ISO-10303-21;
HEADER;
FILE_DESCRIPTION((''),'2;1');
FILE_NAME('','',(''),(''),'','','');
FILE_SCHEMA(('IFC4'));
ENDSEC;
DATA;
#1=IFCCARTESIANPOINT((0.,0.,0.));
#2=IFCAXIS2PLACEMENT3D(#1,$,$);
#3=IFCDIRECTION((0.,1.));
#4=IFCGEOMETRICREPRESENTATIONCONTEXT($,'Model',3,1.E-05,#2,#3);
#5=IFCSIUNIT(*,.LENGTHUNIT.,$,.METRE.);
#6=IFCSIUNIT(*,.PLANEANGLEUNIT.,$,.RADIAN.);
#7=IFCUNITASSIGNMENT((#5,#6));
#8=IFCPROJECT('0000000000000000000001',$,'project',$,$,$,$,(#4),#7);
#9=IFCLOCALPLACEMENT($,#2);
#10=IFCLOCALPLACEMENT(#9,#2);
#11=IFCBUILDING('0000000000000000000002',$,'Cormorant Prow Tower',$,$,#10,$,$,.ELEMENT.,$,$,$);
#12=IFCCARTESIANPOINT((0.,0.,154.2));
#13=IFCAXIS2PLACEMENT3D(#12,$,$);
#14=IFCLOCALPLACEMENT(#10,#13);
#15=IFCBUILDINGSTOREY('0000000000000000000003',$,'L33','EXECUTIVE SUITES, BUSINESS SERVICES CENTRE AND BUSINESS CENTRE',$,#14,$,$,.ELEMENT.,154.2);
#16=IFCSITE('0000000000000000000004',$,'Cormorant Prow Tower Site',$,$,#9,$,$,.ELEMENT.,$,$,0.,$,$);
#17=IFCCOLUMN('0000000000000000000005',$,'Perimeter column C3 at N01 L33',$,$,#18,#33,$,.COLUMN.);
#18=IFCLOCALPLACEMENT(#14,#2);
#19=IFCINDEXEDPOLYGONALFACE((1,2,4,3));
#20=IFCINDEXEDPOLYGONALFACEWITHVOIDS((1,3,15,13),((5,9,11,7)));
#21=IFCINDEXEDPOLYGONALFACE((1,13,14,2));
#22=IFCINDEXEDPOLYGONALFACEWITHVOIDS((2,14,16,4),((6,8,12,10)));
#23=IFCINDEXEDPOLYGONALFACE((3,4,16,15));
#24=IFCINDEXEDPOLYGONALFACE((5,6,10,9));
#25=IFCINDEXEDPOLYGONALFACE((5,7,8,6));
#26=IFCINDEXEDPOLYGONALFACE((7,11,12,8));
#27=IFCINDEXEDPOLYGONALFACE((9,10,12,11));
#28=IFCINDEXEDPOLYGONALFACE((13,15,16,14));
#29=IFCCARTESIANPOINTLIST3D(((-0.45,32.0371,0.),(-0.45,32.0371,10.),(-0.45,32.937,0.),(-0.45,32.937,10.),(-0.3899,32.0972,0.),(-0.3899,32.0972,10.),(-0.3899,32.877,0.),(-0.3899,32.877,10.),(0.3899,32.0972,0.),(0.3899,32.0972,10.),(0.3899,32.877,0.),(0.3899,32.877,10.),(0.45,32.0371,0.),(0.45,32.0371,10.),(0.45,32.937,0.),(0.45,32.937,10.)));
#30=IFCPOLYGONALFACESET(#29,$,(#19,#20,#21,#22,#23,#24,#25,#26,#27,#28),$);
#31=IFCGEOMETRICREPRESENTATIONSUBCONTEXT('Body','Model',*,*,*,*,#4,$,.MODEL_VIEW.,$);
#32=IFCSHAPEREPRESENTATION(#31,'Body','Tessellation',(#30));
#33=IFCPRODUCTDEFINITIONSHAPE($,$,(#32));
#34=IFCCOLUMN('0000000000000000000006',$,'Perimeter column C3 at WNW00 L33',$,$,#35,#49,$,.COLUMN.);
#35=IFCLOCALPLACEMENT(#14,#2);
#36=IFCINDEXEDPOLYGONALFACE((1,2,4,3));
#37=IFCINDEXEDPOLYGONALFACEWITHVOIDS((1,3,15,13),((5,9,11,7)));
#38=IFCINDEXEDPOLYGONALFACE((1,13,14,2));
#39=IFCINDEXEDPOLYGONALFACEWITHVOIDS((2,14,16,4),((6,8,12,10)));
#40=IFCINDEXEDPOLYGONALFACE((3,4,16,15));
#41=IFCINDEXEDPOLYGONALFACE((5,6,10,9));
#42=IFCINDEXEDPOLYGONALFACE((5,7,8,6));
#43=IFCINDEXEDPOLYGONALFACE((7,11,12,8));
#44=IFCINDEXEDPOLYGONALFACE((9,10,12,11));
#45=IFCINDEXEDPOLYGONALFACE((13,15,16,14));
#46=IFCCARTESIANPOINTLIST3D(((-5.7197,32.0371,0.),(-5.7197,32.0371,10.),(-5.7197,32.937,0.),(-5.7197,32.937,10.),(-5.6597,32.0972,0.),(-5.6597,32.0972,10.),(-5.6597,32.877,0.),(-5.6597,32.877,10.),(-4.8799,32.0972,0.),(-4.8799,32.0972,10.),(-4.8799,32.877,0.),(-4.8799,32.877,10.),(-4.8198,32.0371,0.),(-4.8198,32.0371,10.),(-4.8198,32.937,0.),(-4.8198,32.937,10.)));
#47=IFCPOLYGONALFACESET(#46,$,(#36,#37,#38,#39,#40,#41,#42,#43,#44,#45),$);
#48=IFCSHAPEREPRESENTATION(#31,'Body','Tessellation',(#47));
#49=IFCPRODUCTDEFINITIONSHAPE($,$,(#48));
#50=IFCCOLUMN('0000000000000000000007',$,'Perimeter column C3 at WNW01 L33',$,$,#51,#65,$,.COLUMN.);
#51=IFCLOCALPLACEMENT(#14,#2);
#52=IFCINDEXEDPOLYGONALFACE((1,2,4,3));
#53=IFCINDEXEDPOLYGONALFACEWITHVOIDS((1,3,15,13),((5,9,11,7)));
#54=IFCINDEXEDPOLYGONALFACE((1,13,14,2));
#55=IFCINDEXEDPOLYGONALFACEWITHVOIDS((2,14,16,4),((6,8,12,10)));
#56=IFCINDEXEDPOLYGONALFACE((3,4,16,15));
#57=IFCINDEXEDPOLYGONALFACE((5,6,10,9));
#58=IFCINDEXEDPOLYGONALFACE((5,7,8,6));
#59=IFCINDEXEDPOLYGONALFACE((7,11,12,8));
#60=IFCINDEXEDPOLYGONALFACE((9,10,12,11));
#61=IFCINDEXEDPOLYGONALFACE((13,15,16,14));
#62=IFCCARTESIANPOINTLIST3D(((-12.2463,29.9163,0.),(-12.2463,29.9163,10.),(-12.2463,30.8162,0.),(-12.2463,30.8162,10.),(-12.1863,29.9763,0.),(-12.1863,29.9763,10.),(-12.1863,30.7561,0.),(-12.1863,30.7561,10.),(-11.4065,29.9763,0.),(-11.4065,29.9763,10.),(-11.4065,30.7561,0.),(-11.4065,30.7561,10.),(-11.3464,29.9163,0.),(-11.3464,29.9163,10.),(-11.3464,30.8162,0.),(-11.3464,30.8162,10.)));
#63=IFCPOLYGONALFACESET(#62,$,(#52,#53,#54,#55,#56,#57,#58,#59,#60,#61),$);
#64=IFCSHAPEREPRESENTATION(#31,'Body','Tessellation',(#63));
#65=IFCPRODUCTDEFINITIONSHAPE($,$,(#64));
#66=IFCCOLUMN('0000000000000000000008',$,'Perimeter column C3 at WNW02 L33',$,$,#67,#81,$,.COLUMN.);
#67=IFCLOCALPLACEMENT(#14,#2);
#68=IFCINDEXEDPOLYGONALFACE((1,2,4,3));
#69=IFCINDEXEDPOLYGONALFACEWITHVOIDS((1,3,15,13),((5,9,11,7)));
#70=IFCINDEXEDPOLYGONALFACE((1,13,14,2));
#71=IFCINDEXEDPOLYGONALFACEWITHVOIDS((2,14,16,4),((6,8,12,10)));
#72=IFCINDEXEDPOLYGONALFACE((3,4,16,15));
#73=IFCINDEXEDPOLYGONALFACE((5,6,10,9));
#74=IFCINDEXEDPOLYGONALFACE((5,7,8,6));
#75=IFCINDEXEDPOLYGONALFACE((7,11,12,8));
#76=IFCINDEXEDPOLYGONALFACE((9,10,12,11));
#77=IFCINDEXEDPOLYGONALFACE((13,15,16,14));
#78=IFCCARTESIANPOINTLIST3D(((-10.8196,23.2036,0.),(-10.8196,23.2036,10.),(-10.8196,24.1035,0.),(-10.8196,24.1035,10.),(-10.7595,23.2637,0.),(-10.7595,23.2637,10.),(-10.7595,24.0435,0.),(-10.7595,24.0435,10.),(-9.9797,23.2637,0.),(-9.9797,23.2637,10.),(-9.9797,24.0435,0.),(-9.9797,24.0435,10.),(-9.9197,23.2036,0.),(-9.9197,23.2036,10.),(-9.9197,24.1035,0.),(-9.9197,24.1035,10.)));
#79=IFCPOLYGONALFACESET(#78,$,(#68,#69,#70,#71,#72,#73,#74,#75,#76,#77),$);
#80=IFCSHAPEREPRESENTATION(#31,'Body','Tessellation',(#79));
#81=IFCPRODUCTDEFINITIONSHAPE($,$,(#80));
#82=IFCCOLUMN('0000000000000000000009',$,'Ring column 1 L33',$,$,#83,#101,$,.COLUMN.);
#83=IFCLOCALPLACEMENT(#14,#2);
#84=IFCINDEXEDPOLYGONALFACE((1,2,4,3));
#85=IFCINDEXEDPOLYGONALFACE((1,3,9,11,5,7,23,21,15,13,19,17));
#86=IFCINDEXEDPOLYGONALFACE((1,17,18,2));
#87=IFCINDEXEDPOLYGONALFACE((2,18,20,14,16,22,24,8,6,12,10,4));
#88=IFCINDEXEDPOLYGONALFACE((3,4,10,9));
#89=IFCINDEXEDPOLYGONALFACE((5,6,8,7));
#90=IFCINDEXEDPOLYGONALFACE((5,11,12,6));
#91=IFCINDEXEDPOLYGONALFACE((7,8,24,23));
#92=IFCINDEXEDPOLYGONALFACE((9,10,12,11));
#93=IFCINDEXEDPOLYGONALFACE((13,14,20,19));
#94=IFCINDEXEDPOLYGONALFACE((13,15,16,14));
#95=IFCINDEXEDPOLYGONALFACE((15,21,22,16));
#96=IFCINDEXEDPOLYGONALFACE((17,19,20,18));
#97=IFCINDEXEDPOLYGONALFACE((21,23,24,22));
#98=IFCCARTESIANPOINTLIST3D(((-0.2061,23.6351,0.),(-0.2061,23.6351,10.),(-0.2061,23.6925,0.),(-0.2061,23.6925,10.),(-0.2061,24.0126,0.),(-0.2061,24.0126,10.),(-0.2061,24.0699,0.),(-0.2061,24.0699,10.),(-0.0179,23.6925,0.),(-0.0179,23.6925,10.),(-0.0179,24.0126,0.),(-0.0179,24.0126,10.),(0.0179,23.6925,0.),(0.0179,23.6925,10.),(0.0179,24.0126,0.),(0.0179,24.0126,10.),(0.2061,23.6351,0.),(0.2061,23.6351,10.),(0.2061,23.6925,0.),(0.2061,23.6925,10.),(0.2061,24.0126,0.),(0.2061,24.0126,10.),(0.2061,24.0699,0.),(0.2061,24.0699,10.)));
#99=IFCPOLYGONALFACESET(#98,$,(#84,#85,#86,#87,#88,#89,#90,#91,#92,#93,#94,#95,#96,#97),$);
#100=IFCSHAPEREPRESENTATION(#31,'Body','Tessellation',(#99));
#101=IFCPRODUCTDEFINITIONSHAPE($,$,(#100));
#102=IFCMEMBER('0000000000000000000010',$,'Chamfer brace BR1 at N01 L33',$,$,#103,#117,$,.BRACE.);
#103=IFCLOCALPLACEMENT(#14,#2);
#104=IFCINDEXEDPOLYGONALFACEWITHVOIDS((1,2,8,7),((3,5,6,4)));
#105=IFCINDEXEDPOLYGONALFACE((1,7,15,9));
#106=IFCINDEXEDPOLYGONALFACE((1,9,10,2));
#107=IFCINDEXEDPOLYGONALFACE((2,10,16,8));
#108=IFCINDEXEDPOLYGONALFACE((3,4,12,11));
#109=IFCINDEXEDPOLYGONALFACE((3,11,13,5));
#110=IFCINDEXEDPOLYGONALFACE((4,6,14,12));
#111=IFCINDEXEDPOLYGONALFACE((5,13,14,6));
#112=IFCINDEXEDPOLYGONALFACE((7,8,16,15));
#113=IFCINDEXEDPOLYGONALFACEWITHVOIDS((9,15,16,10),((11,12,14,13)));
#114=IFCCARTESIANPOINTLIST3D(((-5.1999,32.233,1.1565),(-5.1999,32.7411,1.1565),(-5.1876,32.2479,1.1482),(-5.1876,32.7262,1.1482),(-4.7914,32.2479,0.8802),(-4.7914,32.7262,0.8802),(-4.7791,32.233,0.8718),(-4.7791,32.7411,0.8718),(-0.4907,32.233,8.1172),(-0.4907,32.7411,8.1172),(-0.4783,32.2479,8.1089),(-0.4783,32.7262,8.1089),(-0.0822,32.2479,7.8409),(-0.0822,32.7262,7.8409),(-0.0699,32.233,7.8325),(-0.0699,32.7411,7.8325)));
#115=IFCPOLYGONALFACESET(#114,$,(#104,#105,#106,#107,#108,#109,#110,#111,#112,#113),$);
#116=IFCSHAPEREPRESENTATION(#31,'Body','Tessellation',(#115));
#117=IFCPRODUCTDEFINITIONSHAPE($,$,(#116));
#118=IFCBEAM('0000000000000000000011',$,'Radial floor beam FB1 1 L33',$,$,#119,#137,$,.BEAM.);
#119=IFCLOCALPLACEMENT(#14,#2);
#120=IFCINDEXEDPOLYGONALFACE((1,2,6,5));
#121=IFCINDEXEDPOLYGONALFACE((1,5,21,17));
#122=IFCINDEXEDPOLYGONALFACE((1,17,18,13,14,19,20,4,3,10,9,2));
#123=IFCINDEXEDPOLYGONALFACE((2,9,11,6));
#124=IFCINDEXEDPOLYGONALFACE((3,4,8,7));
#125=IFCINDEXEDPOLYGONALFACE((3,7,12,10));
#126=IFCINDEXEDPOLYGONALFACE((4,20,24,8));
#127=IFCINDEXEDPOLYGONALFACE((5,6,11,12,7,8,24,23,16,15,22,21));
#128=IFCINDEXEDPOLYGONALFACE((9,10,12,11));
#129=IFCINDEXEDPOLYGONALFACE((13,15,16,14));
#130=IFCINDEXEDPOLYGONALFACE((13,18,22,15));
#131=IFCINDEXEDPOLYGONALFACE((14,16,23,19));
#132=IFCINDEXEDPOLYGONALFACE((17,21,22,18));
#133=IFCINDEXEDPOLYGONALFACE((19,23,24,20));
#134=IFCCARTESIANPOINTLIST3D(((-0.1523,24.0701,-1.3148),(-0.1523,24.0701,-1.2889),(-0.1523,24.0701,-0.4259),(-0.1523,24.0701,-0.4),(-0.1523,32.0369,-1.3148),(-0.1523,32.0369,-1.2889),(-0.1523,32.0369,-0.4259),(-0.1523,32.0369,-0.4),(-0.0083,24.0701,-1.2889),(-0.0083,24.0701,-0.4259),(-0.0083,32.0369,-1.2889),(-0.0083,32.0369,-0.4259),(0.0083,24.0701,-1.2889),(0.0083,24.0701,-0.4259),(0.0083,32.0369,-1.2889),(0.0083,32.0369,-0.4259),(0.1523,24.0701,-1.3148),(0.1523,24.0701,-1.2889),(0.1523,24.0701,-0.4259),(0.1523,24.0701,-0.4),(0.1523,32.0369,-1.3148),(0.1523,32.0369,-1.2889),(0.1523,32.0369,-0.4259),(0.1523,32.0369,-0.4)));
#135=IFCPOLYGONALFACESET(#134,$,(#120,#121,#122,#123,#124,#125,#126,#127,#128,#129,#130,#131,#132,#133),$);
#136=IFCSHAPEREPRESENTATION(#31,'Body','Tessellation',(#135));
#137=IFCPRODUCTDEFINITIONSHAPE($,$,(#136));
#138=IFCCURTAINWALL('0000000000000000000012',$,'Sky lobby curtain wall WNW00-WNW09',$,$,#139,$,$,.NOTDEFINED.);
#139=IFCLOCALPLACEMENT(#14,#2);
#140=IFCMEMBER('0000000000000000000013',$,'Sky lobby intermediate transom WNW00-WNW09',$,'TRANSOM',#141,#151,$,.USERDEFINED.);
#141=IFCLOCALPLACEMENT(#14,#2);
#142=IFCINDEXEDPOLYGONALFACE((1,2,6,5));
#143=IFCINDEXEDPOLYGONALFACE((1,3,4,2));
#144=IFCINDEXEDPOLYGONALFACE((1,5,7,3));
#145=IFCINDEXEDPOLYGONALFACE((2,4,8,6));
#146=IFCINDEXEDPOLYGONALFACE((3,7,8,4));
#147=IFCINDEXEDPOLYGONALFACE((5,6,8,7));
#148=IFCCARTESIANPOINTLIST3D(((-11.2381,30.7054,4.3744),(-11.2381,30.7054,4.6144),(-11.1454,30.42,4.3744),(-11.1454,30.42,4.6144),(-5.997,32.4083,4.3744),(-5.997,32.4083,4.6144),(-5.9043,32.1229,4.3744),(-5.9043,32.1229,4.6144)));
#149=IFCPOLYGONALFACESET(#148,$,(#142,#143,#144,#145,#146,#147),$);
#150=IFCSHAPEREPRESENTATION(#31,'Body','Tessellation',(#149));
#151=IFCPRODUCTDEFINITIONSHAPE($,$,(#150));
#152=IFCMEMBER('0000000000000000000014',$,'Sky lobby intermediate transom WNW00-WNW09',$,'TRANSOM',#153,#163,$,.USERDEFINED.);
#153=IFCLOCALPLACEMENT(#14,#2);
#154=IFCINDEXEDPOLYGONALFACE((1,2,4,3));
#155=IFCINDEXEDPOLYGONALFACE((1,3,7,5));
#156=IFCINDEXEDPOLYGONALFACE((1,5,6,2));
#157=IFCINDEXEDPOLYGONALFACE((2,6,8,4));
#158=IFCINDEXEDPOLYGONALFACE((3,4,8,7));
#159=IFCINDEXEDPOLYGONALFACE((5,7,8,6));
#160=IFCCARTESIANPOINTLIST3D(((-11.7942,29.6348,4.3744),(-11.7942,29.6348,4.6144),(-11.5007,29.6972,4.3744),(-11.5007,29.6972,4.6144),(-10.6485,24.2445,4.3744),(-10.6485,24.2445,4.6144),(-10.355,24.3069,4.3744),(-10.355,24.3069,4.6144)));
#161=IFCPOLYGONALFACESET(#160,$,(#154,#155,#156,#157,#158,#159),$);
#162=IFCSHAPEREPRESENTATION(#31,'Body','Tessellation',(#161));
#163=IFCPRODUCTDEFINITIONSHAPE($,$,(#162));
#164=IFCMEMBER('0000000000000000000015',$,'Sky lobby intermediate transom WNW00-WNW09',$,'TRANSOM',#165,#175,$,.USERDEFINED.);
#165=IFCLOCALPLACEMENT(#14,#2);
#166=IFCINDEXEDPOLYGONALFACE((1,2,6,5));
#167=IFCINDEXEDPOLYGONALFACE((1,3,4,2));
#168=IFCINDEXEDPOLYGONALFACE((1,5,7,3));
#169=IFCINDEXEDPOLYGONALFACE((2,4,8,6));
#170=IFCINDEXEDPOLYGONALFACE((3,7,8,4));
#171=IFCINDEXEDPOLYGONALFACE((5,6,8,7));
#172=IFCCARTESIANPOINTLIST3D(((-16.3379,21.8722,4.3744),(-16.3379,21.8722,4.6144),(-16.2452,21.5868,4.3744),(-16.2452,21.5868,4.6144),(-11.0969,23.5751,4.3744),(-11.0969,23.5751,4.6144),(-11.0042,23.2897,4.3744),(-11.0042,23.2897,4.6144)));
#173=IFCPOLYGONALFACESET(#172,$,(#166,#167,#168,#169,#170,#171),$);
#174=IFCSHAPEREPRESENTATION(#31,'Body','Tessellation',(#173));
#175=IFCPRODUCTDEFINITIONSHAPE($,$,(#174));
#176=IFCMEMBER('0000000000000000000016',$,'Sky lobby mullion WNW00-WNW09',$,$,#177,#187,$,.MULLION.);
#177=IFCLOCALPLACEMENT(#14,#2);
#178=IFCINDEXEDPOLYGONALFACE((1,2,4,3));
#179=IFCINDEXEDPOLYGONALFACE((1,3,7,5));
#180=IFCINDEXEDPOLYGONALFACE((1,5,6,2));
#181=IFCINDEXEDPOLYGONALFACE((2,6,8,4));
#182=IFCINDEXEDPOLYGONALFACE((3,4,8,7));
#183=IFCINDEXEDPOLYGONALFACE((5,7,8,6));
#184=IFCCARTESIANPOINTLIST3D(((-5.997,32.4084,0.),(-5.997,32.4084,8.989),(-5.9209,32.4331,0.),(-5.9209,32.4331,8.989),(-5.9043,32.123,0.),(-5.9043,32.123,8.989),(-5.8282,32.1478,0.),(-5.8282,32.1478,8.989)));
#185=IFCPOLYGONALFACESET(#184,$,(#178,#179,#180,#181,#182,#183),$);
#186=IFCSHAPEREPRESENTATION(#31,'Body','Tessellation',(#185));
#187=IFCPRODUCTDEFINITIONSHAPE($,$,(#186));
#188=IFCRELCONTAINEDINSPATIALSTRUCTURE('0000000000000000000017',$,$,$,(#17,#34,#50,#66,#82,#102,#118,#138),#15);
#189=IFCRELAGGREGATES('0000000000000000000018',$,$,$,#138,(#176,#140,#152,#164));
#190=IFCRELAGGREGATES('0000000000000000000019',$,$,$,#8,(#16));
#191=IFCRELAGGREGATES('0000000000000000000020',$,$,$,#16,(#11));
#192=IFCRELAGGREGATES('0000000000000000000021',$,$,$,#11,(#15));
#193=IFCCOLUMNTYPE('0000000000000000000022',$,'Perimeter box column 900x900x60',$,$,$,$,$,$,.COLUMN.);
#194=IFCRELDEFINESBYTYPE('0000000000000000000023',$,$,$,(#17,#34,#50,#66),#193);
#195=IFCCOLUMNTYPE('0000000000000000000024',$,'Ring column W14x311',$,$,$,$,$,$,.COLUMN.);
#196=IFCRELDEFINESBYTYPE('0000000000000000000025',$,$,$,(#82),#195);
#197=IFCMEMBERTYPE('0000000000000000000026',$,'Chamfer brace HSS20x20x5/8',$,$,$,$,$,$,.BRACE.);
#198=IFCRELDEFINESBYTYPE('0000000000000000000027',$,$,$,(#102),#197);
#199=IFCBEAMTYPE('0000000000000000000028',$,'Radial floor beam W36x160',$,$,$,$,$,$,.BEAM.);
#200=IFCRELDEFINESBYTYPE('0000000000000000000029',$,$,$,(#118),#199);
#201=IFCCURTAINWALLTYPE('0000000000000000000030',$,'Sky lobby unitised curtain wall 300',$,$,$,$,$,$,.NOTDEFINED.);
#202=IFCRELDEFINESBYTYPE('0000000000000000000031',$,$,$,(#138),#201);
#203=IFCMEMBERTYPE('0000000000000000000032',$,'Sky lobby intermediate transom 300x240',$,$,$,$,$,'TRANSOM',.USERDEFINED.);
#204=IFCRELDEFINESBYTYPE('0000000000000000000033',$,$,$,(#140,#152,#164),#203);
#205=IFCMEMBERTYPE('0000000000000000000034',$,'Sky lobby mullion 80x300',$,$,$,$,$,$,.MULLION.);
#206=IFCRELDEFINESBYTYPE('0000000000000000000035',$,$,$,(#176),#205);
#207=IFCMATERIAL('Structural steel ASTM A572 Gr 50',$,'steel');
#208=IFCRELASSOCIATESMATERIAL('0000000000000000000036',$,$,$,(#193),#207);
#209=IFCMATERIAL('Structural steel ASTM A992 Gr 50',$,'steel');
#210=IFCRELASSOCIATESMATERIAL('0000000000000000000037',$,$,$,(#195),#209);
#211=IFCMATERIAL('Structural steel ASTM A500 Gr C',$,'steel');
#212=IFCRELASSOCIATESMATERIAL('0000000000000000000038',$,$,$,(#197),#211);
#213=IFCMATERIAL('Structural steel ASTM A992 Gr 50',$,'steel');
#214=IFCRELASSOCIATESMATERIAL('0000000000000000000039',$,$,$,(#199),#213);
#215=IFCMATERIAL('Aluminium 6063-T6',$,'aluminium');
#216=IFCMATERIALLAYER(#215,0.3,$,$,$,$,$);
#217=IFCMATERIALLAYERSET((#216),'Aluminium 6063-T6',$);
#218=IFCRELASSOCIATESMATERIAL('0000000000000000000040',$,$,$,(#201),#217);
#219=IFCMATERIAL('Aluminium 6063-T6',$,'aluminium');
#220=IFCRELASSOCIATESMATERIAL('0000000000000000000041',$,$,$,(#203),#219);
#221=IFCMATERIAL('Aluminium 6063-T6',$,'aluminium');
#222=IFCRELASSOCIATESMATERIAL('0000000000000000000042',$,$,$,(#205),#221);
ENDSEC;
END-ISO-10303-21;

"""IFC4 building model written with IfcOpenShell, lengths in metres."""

from ifc_helpers import new_model, si_unit, direction, frame, origin, origin_2d, place, context, subcontext, project, spatial, rectangle, hollow_rectangle, i_section, extrude, material, layer, layer_set, material_profile, profile_set, type_object, element, aggregate, save


model = new_model("IFC4")

# Units and contexts
model_context = context("Model", 3, precision=1e-05, world=origin(), true_north=direction((0.0, 1.0)))
body_context = subcontext(model_context, "Body", "Model", "MODEL_VIEW")
ifc_project = project(units=[si_unit("LENGTHUNIT", "METRE"), si_unit("PLANEANGLEUNIT", "RADIAN")], contexts=[model_context])

# Site, building, storey
site_placement = place(None, origin())
site = spatial("IfcSite", under=ifc_project, at=site_placement, Name="Cormorant Prow Tower Site", CompositionType="ELEMENT", RefElevation=0.0)
building_placement = place(site_placement, origin())
building = spatial("IfcBuilding", under=site, at=building_placement, Name="Cormorant Prow Tower", CompositionType="ELEMENT")
storey_placement = place(building_placement, frame((0.0, 0.0, 154.2)))
storey = spatial("IfcBuildingStorey", under=building, at=storey_placement, Name="L33", Description="EXECUTIVE SUITES, BUSINESS SERVICES CENTRE AND BUSINESS CENTRE", CompositionType="ELEMENT", Elevation=154.2)

# Columns
ifc_material_1 = material(Name="Structural steel ASTM A572 Gr 50", Category="steel")
ifc_material_profile_1 = material_profile(ifc_material_1, hollow_rectangle(XDim=0.8999, YDim=0.8999, WallThickness=0.0601, at=origin_2d()), Name="Box 900x900x60")
ifc_profile_set_1 = profile_set([ifc_material_profile_1], Name="Structural steel ASTM A572 Gr 50")
column_type_1 = type_object("IfcColumnType", Name="Perimeter box column 900x900x60", PredefinedType="COLUMN", material=ifc_profile_set_1)
for number, where, z_axis, x_axis, name in (
    (1, (0.0, 32.4871, 0.0), (0.0, 0.0, 1.0), (1.0, 0.0, 0.0), "Perimeter column C3 at N01 L33"),
    (2, (-5.2698, 32.4871, 0.0), (0.0, 0.0, 1.0), (1.0, 0.0, 0.0), "Perimeter column C3 at WNW00 L33"),
    (3, (-11.7964, 30.3662, 0.0), (0.0, 0.0, 1.0), (1.0, 0.0, 0.0), "Perimeter column C3 at WNW01 L33"),
    (4, (-10.3696, 23.6536, 0.0), (0.0, 0.0, 1.0), (1.0, 0.0, 0.0), "Perimeter column C3 at WNW02 L33"),
):
    element("IfcColumn", number, at=place(storey_placement, frame(where, z_axis=z_axis, x_axis=x_axis)), inside=storey, type_object=column_type_1, Name=name, PredefinedType="COLUMN", context=body_context, shape_type="SweptSolid", body=[
        extrude(hollow_rectangle(XDim=0.8999, YDim=0.8999, WallThickness=0.0601, at=origin_2d()), origin(), (0.0, 0.0, 1.0), 10.0),
    ])
ifc_material_2 = material(Name="Structural steel ASTM A992 Gr 50", Category="steel")
ifc_material_profile_2 = material_profile(ifc_material_2, i_section(OverallWidth=0.4121, OverallDepth=0.4348, WebThickness=0.0359, FlangeThickness=0.0574, at=origin_2d()), Name="W14x311")
ifc_profile_set_2 = profile_set([ifc_material_profile_2], Name="Structural steel ASTM A992 Gr 50")
column_type_2 = type_object("IfcColumnType", Name="Ring column W14x311", PredefinedType="COLUMN", material=ifc_profile_set_2)
column_placement = place(storey_placement, frame((0.0, 23.8525, 0.0), z_axis=(0.0, 0.0, 1.0), x_axis=(1.0, 0.0, 0.0)))
element("IfcColumn", 5, at=column_placement, inside=storey, type_object=column_type_2, Name="Ring column 1 L33", PredefinedType="COLUMN", context=body_context, shape_type="SweptSolid", body=[
    extrude(i_section(OverallWidth=0.4121, OverallDepth=0.4348, WebThickness=0.0359, FlangeThickness=0.0574, at=origin_2d()), origin(), (0.0, 0.0, 1.0), 10.0),
])

# Member
ifc_material_3 = material(Name="Structural steel ASTM A500 Gr C", Category="steel")
ifc_material_profile_3 = material_profile(ifc_material_3, hollow_rectangle(XDim=0.5081, YDim=0.5081, WallThickness=0.0149, at=origin_2d()), Name="HSS20x20x5/8")
ifc_profile_set_3 = profile_set([ifc_material_profile_3], Name="Structural steel ASTM A500 Gr C")
member_type_1 = type_object("IfcMemberType", Name="Chamfer brace HSS20x20x5/8", PredefinedType="BRACE", material=ifc_profile_set_3)
member_1_placement = place(storey_placement, frame((-4.9895, 32.4871, 1.0142), z_axis=(0.560352, 0.0, 0.828254), x_axis=(0.0, 1.0, 0.0)))
element("IfcMember", 6, at=member_1_placement, inside=storey, type_object=member_type_1, Name="Chamfer brace BR1 at N01 L33", PredefinedType="BRACE", context=body_context, shape_type="SweptSolid", body=[
    extrude(hollow_rectangle(XDim=0.5081, YDim=0.5081, WallThickness=0.0149, at=origin_2d()), origin(), (0.0, 0.0, 1.0), 8.4041),
])

# Beam
ifc_material_4 = material(Name="Structural steel ASTM A992 Gr 50", Category="steel")
ifc_material_profile_4 = material_profile(ifc_material_4, i_section(OverallWidth=0.3047, OverallDepth=0.9148, WebThickness=0.0166, FlangeThickness=0.0259, at=origin_2d()), Name="W36x160")
ifc_profile_set_4 = profile_set([ifc_material_profile_4], Name="Structural steel ASTM A992 Gr 50")
beam_type_1 = type_object("IfcBeamType", Name="Radial floor beam W36x160", PredefinedType="BEAM", material=ifc_profile_set_4)
beam_1_placement = place(storey_placement, frame((0.0, 24.0701, -0.8574), z_axis=(0.0, 1.0, 0.0), x_axis=(-1.0, 0.0, 0.0)))
element("IfcBeam", 7, at=beam_1_placement, inside=storey, type_object=beam_type_1, Name="Radial floor beam FB1 1 L33", PredefinedType="BEAM", context=body_context, shape_type="SweptSolid", body=[
    extrude(i_section(OverallWidth=0.3047, OverallDepth=0.9148, WebThickness=0.0166, FlangeThickness=0.0259, at=origin_2d()), origin(), (0.0, 0.0, 1.0), 7.9668),
])

# Curtain wall, members
ifc_material_5 = material(Name="Aluminium 6063-T6", Category="aluminium")
ifc_layer_1 = layer(ifc_material_5, 0.3)
ifc_layer_set_1 = layer_set([ifc_layer_1], Name="Aluminium 6063-T6")
curtain_wall_type = type_object("IfcCurtainWallType", Name="Sky lobby unitised curtain wall 300", PredefinedType="NOTDEFINED", material=ifc_layer_set_1)
curtain_wall_placement = place(storey_placement, origin())
curtain_wall = element("IfcCurtainWall", 8, at=curtain_wall_placement, inside=storey, type_object=curtain_wall_type, Name="Sky lobby curtain wall WNW00-WNW09", PredefinedType="NOTDEFINED")
ifc_material_6 = material(Name="Aluminium 6063-T6", Category="aluminium")
ifc_material_profile_5 = material_profile(ifc_material_6, rectangle(XDim=0.3, YDim=0.24, at=origin_2d()), Name="Sky lobby intermediate transom 300x240")
ifc_profile_set_5 = profile_set([ifc_material_profile_5], Name="Aluminium 6063-T6")
member_type_2 = type_object("IfcMemberType", Name="Sky lobby intermediate transom 300x240", ElementType="TRANSOM", PredefinedType="USERDEFINED", material=ifc_profile_set_5)
member_2_placement = place(storey_placement, frame((-5.9507, 32.2656, 4.4944), z_axis=(-0.951057, -0.309015, 0.0), x_axis=(0.309015, -0.951057, 0.0)))
member_2 = element("IfcMember", 9, at=member_2_placement, type_object=member_type_2, Name="Sky lobby intermediate transom WNW00-WNW09", ObjectType="TRANSOM", PredefinedType="USERDEFINED", context=body_context, shape_type="SweptSolid", body=[
    extrude(rectangle(XDim=0.3, YDim=0.24, at=origin_2d()), origin(), (0.0, 0.0, 1.0), 5.5107),
])
member_3_placement = place(storey_placement, frame((-11.6475, 29.666, 4.4944), z_axis=(0.20791, -0.978148, 0.0), x_axis=(0.978148, 0.20791, 0.0)))
member_3 = element("IfcMember", 10, at=member_3_placement, type_object=member_type_2, Name="Sky lobby intermediate transom WNW00-WNW09", ObjectType="TRANSOM", PredefinedType="USERDEFINED", context=body_context, shape_type="SweptSolid", body=[
    extrude(rectangle(XDim=0.3, YDim=0.24, at=origin_2d()), origin(), (0.0, 0.0, 1.0), 5.5107),
])
member_4_placement = place(storey_placement, frame((-11.0505, 23.4324, 4.4944), z_axis=(-0.951057, -0.309015, 0.0), x_axis=(0.309015, -0.951057, 0.0)))
member_4 = element("IfcMember", 11, at=member_4_placement, type_object=member_type_2, Name="Sky lobby intermediate transom WNW00-WNW09", ObjectType="TRANSOM", PredefinedType="USERDEFINED", context=body_context, shape_type="SweptSolid", body=[
    extrude(rectangle(XDim=0.3, YDim=0.24, at=origin_2d()), origin(), (0.0, 0.0, 1.0), 5.5107),
])
ifc_material_7 = material(Name="Aluminium 6063-T6", Category="aluminium")
ifc_material_profile_6 = material_profile(ifc_material_7, rectangle(XDim=0.3, YDim=0.0801, at=origin_2d()), Name="Sky lobby mullion 80x300")
ifc_profile_set_6 = profile_set([ifc_material_profile_6], Name="Aluminium 6063-T6")
member_type_3 = type_object("IfcMemberType", Name="Sky lobby mullion 80x300", PredefinedType="MULLION", material=ifc_profile_set_6)
member_5_placement = place(storey_placement, frame((-5.9126, 32.2781, 0.0), z_axis=(0.0, 0.0, 1.0), x_axis=(0.309017, -0.951056, 0.0)))
member_5 = element("IfcMember", 12, at=member_5_placement, type_object=member_type_3, Name="Sky lobby mullion WNW00-WNW09", PredefinedType="MULLION", context=body_context, shape_type="SweptSolid", body=[
    extrude(rectangle(XDim=0.3, YDim=0.0801, at=origin_2d()), origin(), (0.0, 0.0, 1.0), 8.989),
])

aggregate(curtain_wall, [member_5, member_2, member_3, member_4])

save(model, "model.ifc")
